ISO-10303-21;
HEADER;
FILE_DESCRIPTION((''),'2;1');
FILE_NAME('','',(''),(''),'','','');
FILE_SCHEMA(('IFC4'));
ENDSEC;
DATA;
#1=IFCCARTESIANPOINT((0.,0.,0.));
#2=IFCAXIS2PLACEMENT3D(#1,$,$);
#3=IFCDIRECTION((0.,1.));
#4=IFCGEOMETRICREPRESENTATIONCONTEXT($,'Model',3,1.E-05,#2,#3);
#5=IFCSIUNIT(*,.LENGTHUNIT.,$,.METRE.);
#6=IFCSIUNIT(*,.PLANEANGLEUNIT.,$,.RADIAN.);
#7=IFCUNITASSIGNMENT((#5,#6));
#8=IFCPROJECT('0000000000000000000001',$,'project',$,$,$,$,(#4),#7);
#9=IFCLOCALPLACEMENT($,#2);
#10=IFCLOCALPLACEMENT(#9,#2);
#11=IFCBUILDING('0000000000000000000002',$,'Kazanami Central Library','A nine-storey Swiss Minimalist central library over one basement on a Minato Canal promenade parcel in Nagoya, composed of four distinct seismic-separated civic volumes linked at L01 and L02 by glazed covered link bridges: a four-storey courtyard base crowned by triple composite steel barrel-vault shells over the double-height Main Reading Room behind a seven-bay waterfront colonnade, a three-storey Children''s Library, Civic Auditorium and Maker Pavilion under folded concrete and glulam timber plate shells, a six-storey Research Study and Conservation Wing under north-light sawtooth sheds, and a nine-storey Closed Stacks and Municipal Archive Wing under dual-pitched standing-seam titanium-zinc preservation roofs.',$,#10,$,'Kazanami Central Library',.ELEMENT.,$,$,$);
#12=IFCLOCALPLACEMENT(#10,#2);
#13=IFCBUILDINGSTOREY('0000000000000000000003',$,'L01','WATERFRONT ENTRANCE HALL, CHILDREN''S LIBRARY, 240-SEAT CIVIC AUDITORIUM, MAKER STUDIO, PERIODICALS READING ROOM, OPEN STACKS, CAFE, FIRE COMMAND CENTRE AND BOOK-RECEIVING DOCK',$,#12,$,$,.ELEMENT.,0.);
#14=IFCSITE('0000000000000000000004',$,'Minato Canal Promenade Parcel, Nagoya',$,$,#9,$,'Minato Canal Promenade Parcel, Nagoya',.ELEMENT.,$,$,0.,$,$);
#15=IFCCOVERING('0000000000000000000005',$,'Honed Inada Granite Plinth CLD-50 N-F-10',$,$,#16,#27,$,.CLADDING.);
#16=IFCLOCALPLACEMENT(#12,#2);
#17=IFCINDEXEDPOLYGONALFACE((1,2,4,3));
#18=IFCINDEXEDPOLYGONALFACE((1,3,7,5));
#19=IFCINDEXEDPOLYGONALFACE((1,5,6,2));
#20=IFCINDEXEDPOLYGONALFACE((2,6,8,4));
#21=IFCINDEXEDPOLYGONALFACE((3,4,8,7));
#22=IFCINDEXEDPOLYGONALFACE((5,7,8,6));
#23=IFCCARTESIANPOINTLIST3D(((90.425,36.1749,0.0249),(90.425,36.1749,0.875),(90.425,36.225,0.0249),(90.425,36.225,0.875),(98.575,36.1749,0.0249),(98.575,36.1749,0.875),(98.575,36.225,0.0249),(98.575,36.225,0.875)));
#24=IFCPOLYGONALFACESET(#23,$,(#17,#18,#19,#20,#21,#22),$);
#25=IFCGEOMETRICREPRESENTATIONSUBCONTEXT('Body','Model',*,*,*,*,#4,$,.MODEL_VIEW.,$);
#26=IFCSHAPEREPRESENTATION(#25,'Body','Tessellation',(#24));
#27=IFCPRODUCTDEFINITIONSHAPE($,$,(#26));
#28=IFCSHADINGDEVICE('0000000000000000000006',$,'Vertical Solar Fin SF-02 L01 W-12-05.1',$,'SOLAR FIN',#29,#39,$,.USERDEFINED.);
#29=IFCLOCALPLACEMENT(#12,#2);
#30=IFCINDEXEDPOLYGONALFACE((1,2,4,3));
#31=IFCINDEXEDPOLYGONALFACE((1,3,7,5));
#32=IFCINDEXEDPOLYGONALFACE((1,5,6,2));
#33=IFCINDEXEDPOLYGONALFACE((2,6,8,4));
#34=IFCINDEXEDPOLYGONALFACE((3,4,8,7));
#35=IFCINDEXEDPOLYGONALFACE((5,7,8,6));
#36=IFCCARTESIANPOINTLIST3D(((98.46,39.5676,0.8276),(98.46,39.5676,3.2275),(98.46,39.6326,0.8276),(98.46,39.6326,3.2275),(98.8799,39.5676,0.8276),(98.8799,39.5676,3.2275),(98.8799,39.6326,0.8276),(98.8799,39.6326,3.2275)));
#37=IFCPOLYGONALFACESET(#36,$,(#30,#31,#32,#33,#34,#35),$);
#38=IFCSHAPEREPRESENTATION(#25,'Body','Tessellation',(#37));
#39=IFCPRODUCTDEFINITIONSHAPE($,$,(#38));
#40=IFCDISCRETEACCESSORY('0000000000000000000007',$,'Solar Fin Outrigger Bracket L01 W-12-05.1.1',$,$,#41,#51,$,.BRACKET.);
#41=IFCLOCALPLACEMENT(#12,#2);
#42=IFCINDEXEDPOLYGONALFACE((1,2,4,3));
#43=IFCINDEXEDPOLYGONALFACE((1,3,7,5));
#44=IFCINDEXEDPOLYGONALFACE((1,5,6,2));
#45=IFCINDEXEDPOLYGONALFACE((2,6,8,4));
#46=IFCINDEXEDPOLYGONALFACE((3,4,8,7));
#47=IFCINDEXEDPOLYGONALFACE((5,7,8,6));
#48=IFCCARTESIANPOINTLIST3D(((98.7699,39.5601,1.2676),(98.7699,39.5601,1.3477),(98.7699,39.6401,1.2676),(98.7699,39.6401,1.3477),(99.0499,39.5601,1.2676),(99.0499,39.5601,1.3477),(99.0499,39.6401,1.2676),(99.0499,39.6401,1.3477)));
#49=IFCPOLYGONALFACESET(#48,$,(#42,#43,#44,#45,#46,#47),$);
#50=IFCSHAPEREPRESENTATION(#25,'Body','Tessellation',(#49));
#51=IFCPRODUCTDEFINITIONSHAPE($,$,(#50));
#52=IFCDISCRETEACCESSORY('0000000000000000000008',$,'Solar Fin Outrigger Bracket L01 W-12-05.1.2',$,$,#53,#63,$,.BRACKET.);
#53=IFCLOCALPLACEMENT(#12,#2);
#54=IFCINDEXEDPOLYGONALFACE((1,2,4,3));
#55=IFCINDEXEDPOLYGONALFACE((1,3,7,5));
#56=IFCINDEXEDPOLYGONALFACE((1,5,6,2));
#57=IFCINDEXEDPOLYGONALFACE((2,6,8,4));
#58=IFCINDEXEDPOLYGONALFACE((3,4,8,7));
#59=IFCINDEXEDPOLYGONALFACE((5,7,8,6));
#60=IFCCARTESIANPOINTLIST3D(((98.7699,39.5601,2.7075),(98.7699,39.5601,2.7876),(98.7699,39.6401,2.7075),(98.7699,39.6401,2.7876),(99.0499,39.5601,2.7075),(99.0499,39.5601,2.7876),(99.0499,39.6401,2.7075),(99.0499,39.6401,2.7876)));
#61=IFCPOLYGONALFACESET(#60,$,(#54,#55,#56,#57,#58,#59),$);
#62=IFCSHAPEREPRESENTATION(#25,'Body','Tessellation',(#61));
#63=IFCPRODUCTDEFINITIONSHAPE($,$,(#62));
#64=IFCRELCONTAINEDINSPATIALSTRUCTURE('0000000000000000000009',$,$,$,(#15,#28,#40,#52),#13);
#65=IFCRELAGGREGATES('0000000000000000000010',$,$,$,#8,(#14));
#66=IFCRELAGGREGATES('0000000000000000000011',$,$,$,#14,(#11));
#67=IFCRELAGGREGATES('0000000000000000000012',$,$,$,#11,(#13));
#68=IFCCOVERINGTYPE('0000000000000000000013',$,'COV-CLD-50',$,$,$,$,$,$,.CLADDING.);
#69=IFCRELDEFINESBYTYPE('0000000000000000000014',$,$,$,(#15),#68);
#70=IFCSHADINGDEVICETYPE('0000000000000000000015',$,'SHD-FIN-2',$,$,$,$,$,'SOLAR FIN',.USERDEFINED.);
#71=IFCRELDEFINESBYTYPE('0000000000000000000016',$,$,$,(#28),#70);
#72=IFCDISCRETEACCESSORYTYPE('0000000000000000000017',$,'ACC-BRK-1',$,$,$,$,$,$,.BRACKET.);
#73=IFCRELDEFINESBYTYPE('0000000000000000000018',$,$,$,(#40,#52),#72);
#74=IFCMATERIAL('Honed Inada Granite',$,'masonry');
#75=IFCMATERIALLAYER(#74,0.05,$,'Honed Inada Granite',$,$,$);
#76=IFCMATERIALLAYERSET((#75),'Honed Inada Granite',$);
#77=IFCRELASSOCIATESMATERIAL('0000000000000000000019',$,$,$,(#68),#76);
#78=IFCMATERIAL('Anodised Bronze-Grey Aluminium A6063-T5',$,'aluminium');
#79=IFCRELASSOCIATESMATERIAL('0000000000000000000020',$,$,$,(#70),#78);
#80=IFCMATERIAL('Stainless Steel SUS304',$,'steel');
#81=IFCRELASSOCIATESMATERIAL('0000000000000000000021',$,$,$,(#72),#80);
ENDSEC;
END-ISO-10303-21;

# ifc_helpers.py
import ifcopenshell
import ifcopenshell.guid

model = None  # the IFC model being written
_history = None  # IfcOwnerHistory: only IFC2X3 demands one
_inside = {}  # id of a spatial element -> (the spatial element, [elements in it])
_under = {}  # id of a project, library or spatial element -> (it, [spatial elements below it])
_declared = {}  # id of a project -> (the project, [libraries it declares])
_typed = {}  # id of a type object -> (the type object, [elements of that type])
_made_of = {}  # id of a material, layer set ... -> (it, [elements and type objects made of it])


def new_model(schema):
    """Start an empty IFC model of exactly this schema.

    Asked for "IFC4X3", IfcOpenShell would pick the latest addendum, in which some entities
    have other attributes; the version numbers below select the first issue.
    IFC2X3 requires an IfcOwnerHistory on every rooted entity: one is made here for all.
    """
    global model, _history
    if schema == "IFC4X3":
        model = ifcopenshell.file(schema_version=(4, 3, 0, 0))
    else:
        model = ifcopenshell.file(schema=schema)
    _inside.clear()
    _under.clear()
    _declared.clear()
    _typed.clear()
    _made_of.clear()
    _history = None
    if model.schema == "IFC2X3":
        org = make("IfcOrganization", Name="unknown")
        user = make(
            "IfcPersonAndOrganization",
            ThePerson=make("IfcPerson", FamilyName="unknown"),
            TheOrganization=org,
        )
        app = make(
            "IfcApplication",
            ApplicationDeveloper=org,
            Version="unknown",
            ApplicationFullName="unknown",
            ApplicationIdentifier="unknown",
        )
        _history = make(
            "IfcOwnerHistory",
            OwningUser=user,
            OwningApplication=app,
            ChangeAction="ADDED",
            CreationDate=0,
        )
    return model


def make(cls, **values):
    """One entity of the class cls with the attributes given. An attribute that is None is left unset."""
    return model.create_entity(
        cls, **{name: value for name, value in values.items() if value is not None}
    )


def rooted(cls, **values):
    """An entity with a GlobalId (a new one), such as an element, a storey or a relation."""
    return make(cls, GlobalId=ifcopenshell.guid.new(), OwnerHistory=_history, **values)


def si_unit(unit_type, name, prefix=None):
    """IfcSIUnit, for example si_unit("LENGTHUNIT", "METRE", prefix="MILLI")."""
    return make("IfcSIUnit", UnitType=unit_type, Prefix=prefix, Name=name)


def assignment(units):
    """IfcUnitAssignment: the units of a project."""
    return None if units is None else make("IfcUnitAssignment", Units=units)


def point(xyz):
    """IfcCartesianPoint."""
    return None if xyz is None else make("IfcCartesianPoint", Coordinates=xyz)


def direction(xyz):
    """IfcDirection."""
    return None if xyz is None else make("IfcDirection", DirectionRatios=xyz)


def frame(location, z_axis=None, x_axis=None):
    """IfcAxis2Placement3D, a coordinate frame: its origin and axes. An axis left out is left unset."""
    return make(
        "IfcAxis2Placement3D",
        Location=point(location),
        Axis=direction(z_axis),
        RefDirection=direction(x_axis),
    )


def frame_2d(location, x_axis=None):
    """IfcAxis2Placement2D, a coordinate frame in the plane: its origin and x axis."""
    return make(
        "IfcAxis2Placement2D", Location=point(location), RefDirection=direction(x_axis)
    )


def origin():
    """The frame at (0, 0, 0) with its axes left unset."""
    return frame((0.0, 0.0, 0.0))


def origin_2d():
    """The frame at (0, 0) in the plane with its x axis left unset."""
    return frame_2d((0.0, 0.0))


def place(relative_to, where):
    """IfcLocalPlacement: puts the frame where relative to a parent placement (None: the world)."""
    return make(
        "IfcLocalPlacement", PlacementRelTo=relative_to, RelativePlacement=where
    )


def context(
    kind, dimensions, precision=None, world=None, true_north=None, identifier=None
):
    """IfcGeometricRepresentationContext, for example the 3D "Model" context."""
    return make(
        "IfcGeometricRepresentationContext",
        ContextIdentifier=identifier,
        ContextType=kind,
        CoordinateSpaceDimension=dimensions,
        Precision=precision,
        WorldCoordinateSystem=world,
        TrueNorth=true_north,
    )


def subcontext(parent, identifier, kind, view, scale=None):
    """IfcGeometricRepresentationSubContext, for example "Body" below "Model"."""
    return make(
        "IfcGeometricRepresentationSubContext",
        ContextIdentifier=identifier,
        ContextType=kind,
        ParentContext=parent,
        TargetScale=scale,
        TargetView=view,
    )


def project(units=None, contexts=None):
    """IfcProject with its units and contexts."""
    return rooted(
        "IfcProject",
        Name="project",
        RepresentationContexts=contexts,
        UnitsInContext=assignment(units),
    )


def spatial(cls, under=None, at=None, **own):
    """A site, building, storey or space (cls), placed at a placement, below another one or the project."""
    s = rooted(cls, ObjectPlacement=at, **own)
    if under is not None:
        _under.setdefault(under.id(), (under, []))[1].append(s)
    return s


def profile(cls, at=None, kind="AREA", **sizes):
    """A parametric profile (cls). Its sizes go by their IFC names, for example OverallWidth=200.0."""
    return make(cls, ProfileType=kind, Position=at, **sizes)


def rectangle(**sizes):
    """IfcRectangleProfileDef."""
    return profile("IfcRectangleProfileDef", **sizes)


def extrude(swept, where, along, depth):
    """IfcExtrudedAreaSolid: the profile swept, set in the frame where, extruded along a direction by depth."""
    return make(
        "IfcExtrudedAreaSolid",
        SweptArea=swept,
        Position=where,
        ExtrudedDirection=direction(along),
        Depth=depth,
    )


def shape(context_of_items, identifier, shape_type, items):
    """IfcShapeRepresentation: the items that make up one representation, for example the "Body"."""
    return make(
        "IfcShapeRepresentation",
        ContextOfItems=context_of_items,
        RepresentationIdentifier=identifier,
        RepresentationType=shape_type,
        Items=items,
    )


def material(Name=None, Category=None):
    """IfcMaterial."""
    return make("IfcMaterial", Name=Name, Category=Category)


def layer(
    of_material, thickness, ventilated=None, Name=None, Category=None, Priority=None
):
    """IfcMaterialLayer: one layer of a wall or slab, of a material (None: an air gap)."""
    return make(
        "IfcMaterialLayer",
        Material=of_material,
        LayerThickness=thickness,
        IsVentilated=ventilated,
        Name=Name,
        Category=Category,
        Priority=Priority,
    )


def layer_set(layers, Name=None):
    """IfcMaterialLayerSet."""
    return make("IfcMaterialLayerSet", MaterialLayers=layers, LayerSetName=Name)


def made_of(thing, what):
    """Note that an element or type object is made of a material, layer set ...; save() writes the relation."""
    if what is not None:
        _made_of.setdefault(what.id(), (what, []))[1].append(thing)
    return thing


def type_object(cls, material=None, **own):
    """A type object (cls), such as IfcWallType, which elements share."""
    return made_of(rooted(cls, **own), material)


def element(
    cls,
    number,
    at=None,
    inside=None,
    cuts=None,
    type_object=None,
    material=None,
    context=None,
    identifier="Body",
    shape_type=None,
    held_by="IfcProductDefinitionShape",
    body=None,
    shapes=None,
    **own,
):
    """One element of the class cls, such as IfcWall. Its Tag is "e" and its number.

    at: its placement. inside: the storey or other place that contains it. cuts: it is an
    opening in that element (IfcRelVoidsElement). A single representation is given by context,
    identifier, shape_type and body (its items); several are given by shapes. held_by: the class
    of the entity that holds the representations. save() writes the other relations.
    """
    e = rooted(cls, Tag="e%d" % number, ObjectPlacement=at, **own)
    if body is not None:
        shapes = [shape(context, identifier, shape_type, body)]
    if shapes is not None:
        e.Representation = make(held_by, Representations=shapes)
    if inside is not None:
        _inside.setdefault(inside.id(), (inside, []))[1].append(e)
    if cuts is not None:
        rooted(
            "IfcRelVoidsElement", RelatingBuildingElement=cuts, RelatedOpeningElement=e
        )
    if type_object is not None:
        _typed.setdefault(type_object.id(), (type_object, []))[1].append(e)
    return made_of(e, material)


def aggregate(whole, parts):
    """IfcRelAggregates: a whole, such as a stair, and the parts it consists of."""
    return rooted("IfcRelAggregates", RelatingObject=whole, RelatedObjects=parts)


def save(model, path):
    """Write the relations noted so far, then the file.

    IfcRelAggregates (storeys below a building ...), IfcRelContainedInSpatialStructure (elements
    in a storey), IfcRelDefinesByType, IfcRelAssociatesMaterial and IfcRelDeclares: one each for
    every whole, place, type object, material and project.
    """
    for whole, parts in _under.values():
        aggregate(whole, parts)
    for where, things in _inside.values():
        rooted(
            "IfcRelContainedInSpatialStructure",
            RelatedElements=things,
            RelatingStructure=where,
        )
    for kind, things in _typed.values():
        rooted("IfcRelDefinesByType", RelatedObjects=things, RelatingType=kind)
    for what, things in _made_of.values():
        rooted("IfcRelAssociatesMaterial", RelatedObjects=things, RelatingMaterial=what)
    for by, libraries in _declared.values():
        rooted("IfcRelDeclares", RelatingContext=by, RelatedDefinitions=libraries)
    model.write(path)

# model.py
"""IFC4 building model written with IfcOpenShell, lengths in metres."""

from ifc_helpers import new_model, si_unit, direction, frame, origin, origin_2d, place, context, subcontext, project, spatial, rectangle, extrude, material, layer, layer_set, type_object, element, save


model = new_model("IFC4")

# Units and contexts
model_context = context("Model", 3, precision=1e-05, world=origin(), true_north=direction((0.0, 1.0)))
body_context = subcontext(model_context, "Body", "Model", "MODEL_VIEW")
ifc_project = project(units=[si_unit("LENGTHUNIT", "METRE"), si_unit("PLANEANGLEUNIT", "RADIAN")], contexts=[model_context])

# Site, building, storey
site_placement = place(None, origin())
site = spatial("IfcSite", under=ifc_project, at=site_placement, Name="Minato Canal Promenade Parcel, Nagoya", LongName="Minato Canal Promenade Parcel, Nagoya", CompositionType="ELEMENT", RefElevation=0.0)
building_placement = place(site_placement, origin())
building = spatial("IfcBuilding", under=site, at=building_placement, Name="Kazanami Central Library", Description="A nine-storey Swiss Minimalist central library over one basement on a Minato Canal promenade parcel in Nagoya, composed of four distinct seismic-separated civic volumes linked at L01 and L02 by glazed covered link bridges: a four-storey courtyard base crowned by triple composite steel barrel-vault shells over the double-height Main Reading Room behind a seven-bay waterfront colonnade, a three-storey Children's Library, Civic Auditorium and Maker Pavilion under folded concrete and glulam timber plate shells, a six-storey Research Study and Conservation Wing under north-light sawtooth sheds, and a nine-storey Closed Stacks and Municipal Archive Wing under dual-pitched standing-seam titanium-zinc preservation roofs.", LongName="Kazanami Central Library", CompositionType="ELEMENT")
storey_placement = place(building_placement, origin())
storey = spatial("IfcBuildingStorey", under=building, at=storey_placement, Name="L01", Description="WATERFRONT ENTRANCE HALL, CHILDREN'S LIBRARY, 240-SEAT CIVIC AUDITORIUM, MAKER STUDIO, PERIODICALS READING ROOM, OPEN STACKS, CAFE, FIRE COMMAND CENTRE AND BOOK-RECEIVING DOCK", CompositionType="ELEMENT", Elevation=0.0)

# Shared definitions
ifc_material_1 = material(Name="Honed Inada Granite", Category="masonry")

# Covering
ifc_layer_1 = layer(ifc_material_1, 0.05, Name="Honed Inada Granite")
ifc_layer_set_1 = layer_set([ifc_layer_1], Name="Honed Inada Granite")
covering_type = type_object("IfcCoveringType", Name="COV-CLD-50", PredefinedType="CLADDING", material=ifc_layer_set_1)
covering_placement = place(storey_placement, frame((94.5, 36.2, 0.0249), z_axis=(0.0, 0.0, 1.0), x_axis=(-1.0, 0.0, 0.0)))
element("IfcCovering", 1, at=covering_placement, inside=storey, type_object=covering_type, Name="Honed Inada Granite Plinth CLD-50 N-F-10", PredefinedType="CLADDING", context=body_context, shape_type="SweptSolid", body=[
    extrude(rectangle(XDim=8.1499, YDim=0.05, at=origin_2d()), origin(), (0.0, 0.0, 1.0), 0.8501),
])

# Shading device
ifc_material_2 = material(Name="Anodised Bronze-Grey Aluminium A6063-T5", Category="aluminium")
shading_device_type = type_object("IfcShadingDeviceType", Name="SHD-FIN-2", ElementType="SOLAR FIN", PredefinedType="USERDEFINED", material=ifc_material_2)
shading_device_placement = place(storey_placement, frame((98.6699, 39.6001, 0.8276), z_axis=(0.0, 0.0, 1.0), x_axis=(0.0, 1.0, 0.0)))
element("IfcShadingDevice", 2, at=shading_device_placement, inside=storey, type_object=shading_device_type, Name="Vertical Solar Fin SF-02 L01 W-12-05.1", ObjectType="SOLAR FIN", PredefinedType="USERDEFINED", context=body_context, shape_type="SweptSolid", body=[
    extrude(rectangle(XDim=0.0649, YDim=0.4199, at=origin_2d()), origin(), (0.0, 0.0, 1.0), 2.3999),
])

# Discrete accessories
ifc_material_3 = material(Name="Stainless Steel SUS304", Category="steel")
discrete_accessory_type = type_object("IfcDiscreteAccessoryType", Name="ACC-BRK-1", PredefinedType="BRACKET", material=ifc_material_3)
for number, where, z_axis, x_axis, name in (
    (3, (98.9099, 39.6001, 1.2676), (0.0, 0.0, 1.0), (0.0, 1.0, 0.0), "Solar Fin Outrigger Bracket L01 W-12-05.1.1"),
    (4, (98.9099, 39.6001, 2.7075), (0.0, 0.0, 1.0), (0.0, 1.0, 0.0), "Solar Fin Outrigger Bracket L01 W-12-05.1.2"),
):
    element("IfcDiscreteAccessory", number, at=place(storey_placement, frame(where, z_axis=z_axis, x_axis=x_axis)), inside=storey, type_object=discrete_accessory_type, Name=name, PredefinedType="BRACKET", context=body_context, shape_type="SweptSolid", body=[
        extrude(rectangle(XDim=0.0801, YDim=0.28, at=origin_2d()), origin(), (0.0, 0.0, 1.0), 0.0801),
    ])

save(model, "model.ifc")
